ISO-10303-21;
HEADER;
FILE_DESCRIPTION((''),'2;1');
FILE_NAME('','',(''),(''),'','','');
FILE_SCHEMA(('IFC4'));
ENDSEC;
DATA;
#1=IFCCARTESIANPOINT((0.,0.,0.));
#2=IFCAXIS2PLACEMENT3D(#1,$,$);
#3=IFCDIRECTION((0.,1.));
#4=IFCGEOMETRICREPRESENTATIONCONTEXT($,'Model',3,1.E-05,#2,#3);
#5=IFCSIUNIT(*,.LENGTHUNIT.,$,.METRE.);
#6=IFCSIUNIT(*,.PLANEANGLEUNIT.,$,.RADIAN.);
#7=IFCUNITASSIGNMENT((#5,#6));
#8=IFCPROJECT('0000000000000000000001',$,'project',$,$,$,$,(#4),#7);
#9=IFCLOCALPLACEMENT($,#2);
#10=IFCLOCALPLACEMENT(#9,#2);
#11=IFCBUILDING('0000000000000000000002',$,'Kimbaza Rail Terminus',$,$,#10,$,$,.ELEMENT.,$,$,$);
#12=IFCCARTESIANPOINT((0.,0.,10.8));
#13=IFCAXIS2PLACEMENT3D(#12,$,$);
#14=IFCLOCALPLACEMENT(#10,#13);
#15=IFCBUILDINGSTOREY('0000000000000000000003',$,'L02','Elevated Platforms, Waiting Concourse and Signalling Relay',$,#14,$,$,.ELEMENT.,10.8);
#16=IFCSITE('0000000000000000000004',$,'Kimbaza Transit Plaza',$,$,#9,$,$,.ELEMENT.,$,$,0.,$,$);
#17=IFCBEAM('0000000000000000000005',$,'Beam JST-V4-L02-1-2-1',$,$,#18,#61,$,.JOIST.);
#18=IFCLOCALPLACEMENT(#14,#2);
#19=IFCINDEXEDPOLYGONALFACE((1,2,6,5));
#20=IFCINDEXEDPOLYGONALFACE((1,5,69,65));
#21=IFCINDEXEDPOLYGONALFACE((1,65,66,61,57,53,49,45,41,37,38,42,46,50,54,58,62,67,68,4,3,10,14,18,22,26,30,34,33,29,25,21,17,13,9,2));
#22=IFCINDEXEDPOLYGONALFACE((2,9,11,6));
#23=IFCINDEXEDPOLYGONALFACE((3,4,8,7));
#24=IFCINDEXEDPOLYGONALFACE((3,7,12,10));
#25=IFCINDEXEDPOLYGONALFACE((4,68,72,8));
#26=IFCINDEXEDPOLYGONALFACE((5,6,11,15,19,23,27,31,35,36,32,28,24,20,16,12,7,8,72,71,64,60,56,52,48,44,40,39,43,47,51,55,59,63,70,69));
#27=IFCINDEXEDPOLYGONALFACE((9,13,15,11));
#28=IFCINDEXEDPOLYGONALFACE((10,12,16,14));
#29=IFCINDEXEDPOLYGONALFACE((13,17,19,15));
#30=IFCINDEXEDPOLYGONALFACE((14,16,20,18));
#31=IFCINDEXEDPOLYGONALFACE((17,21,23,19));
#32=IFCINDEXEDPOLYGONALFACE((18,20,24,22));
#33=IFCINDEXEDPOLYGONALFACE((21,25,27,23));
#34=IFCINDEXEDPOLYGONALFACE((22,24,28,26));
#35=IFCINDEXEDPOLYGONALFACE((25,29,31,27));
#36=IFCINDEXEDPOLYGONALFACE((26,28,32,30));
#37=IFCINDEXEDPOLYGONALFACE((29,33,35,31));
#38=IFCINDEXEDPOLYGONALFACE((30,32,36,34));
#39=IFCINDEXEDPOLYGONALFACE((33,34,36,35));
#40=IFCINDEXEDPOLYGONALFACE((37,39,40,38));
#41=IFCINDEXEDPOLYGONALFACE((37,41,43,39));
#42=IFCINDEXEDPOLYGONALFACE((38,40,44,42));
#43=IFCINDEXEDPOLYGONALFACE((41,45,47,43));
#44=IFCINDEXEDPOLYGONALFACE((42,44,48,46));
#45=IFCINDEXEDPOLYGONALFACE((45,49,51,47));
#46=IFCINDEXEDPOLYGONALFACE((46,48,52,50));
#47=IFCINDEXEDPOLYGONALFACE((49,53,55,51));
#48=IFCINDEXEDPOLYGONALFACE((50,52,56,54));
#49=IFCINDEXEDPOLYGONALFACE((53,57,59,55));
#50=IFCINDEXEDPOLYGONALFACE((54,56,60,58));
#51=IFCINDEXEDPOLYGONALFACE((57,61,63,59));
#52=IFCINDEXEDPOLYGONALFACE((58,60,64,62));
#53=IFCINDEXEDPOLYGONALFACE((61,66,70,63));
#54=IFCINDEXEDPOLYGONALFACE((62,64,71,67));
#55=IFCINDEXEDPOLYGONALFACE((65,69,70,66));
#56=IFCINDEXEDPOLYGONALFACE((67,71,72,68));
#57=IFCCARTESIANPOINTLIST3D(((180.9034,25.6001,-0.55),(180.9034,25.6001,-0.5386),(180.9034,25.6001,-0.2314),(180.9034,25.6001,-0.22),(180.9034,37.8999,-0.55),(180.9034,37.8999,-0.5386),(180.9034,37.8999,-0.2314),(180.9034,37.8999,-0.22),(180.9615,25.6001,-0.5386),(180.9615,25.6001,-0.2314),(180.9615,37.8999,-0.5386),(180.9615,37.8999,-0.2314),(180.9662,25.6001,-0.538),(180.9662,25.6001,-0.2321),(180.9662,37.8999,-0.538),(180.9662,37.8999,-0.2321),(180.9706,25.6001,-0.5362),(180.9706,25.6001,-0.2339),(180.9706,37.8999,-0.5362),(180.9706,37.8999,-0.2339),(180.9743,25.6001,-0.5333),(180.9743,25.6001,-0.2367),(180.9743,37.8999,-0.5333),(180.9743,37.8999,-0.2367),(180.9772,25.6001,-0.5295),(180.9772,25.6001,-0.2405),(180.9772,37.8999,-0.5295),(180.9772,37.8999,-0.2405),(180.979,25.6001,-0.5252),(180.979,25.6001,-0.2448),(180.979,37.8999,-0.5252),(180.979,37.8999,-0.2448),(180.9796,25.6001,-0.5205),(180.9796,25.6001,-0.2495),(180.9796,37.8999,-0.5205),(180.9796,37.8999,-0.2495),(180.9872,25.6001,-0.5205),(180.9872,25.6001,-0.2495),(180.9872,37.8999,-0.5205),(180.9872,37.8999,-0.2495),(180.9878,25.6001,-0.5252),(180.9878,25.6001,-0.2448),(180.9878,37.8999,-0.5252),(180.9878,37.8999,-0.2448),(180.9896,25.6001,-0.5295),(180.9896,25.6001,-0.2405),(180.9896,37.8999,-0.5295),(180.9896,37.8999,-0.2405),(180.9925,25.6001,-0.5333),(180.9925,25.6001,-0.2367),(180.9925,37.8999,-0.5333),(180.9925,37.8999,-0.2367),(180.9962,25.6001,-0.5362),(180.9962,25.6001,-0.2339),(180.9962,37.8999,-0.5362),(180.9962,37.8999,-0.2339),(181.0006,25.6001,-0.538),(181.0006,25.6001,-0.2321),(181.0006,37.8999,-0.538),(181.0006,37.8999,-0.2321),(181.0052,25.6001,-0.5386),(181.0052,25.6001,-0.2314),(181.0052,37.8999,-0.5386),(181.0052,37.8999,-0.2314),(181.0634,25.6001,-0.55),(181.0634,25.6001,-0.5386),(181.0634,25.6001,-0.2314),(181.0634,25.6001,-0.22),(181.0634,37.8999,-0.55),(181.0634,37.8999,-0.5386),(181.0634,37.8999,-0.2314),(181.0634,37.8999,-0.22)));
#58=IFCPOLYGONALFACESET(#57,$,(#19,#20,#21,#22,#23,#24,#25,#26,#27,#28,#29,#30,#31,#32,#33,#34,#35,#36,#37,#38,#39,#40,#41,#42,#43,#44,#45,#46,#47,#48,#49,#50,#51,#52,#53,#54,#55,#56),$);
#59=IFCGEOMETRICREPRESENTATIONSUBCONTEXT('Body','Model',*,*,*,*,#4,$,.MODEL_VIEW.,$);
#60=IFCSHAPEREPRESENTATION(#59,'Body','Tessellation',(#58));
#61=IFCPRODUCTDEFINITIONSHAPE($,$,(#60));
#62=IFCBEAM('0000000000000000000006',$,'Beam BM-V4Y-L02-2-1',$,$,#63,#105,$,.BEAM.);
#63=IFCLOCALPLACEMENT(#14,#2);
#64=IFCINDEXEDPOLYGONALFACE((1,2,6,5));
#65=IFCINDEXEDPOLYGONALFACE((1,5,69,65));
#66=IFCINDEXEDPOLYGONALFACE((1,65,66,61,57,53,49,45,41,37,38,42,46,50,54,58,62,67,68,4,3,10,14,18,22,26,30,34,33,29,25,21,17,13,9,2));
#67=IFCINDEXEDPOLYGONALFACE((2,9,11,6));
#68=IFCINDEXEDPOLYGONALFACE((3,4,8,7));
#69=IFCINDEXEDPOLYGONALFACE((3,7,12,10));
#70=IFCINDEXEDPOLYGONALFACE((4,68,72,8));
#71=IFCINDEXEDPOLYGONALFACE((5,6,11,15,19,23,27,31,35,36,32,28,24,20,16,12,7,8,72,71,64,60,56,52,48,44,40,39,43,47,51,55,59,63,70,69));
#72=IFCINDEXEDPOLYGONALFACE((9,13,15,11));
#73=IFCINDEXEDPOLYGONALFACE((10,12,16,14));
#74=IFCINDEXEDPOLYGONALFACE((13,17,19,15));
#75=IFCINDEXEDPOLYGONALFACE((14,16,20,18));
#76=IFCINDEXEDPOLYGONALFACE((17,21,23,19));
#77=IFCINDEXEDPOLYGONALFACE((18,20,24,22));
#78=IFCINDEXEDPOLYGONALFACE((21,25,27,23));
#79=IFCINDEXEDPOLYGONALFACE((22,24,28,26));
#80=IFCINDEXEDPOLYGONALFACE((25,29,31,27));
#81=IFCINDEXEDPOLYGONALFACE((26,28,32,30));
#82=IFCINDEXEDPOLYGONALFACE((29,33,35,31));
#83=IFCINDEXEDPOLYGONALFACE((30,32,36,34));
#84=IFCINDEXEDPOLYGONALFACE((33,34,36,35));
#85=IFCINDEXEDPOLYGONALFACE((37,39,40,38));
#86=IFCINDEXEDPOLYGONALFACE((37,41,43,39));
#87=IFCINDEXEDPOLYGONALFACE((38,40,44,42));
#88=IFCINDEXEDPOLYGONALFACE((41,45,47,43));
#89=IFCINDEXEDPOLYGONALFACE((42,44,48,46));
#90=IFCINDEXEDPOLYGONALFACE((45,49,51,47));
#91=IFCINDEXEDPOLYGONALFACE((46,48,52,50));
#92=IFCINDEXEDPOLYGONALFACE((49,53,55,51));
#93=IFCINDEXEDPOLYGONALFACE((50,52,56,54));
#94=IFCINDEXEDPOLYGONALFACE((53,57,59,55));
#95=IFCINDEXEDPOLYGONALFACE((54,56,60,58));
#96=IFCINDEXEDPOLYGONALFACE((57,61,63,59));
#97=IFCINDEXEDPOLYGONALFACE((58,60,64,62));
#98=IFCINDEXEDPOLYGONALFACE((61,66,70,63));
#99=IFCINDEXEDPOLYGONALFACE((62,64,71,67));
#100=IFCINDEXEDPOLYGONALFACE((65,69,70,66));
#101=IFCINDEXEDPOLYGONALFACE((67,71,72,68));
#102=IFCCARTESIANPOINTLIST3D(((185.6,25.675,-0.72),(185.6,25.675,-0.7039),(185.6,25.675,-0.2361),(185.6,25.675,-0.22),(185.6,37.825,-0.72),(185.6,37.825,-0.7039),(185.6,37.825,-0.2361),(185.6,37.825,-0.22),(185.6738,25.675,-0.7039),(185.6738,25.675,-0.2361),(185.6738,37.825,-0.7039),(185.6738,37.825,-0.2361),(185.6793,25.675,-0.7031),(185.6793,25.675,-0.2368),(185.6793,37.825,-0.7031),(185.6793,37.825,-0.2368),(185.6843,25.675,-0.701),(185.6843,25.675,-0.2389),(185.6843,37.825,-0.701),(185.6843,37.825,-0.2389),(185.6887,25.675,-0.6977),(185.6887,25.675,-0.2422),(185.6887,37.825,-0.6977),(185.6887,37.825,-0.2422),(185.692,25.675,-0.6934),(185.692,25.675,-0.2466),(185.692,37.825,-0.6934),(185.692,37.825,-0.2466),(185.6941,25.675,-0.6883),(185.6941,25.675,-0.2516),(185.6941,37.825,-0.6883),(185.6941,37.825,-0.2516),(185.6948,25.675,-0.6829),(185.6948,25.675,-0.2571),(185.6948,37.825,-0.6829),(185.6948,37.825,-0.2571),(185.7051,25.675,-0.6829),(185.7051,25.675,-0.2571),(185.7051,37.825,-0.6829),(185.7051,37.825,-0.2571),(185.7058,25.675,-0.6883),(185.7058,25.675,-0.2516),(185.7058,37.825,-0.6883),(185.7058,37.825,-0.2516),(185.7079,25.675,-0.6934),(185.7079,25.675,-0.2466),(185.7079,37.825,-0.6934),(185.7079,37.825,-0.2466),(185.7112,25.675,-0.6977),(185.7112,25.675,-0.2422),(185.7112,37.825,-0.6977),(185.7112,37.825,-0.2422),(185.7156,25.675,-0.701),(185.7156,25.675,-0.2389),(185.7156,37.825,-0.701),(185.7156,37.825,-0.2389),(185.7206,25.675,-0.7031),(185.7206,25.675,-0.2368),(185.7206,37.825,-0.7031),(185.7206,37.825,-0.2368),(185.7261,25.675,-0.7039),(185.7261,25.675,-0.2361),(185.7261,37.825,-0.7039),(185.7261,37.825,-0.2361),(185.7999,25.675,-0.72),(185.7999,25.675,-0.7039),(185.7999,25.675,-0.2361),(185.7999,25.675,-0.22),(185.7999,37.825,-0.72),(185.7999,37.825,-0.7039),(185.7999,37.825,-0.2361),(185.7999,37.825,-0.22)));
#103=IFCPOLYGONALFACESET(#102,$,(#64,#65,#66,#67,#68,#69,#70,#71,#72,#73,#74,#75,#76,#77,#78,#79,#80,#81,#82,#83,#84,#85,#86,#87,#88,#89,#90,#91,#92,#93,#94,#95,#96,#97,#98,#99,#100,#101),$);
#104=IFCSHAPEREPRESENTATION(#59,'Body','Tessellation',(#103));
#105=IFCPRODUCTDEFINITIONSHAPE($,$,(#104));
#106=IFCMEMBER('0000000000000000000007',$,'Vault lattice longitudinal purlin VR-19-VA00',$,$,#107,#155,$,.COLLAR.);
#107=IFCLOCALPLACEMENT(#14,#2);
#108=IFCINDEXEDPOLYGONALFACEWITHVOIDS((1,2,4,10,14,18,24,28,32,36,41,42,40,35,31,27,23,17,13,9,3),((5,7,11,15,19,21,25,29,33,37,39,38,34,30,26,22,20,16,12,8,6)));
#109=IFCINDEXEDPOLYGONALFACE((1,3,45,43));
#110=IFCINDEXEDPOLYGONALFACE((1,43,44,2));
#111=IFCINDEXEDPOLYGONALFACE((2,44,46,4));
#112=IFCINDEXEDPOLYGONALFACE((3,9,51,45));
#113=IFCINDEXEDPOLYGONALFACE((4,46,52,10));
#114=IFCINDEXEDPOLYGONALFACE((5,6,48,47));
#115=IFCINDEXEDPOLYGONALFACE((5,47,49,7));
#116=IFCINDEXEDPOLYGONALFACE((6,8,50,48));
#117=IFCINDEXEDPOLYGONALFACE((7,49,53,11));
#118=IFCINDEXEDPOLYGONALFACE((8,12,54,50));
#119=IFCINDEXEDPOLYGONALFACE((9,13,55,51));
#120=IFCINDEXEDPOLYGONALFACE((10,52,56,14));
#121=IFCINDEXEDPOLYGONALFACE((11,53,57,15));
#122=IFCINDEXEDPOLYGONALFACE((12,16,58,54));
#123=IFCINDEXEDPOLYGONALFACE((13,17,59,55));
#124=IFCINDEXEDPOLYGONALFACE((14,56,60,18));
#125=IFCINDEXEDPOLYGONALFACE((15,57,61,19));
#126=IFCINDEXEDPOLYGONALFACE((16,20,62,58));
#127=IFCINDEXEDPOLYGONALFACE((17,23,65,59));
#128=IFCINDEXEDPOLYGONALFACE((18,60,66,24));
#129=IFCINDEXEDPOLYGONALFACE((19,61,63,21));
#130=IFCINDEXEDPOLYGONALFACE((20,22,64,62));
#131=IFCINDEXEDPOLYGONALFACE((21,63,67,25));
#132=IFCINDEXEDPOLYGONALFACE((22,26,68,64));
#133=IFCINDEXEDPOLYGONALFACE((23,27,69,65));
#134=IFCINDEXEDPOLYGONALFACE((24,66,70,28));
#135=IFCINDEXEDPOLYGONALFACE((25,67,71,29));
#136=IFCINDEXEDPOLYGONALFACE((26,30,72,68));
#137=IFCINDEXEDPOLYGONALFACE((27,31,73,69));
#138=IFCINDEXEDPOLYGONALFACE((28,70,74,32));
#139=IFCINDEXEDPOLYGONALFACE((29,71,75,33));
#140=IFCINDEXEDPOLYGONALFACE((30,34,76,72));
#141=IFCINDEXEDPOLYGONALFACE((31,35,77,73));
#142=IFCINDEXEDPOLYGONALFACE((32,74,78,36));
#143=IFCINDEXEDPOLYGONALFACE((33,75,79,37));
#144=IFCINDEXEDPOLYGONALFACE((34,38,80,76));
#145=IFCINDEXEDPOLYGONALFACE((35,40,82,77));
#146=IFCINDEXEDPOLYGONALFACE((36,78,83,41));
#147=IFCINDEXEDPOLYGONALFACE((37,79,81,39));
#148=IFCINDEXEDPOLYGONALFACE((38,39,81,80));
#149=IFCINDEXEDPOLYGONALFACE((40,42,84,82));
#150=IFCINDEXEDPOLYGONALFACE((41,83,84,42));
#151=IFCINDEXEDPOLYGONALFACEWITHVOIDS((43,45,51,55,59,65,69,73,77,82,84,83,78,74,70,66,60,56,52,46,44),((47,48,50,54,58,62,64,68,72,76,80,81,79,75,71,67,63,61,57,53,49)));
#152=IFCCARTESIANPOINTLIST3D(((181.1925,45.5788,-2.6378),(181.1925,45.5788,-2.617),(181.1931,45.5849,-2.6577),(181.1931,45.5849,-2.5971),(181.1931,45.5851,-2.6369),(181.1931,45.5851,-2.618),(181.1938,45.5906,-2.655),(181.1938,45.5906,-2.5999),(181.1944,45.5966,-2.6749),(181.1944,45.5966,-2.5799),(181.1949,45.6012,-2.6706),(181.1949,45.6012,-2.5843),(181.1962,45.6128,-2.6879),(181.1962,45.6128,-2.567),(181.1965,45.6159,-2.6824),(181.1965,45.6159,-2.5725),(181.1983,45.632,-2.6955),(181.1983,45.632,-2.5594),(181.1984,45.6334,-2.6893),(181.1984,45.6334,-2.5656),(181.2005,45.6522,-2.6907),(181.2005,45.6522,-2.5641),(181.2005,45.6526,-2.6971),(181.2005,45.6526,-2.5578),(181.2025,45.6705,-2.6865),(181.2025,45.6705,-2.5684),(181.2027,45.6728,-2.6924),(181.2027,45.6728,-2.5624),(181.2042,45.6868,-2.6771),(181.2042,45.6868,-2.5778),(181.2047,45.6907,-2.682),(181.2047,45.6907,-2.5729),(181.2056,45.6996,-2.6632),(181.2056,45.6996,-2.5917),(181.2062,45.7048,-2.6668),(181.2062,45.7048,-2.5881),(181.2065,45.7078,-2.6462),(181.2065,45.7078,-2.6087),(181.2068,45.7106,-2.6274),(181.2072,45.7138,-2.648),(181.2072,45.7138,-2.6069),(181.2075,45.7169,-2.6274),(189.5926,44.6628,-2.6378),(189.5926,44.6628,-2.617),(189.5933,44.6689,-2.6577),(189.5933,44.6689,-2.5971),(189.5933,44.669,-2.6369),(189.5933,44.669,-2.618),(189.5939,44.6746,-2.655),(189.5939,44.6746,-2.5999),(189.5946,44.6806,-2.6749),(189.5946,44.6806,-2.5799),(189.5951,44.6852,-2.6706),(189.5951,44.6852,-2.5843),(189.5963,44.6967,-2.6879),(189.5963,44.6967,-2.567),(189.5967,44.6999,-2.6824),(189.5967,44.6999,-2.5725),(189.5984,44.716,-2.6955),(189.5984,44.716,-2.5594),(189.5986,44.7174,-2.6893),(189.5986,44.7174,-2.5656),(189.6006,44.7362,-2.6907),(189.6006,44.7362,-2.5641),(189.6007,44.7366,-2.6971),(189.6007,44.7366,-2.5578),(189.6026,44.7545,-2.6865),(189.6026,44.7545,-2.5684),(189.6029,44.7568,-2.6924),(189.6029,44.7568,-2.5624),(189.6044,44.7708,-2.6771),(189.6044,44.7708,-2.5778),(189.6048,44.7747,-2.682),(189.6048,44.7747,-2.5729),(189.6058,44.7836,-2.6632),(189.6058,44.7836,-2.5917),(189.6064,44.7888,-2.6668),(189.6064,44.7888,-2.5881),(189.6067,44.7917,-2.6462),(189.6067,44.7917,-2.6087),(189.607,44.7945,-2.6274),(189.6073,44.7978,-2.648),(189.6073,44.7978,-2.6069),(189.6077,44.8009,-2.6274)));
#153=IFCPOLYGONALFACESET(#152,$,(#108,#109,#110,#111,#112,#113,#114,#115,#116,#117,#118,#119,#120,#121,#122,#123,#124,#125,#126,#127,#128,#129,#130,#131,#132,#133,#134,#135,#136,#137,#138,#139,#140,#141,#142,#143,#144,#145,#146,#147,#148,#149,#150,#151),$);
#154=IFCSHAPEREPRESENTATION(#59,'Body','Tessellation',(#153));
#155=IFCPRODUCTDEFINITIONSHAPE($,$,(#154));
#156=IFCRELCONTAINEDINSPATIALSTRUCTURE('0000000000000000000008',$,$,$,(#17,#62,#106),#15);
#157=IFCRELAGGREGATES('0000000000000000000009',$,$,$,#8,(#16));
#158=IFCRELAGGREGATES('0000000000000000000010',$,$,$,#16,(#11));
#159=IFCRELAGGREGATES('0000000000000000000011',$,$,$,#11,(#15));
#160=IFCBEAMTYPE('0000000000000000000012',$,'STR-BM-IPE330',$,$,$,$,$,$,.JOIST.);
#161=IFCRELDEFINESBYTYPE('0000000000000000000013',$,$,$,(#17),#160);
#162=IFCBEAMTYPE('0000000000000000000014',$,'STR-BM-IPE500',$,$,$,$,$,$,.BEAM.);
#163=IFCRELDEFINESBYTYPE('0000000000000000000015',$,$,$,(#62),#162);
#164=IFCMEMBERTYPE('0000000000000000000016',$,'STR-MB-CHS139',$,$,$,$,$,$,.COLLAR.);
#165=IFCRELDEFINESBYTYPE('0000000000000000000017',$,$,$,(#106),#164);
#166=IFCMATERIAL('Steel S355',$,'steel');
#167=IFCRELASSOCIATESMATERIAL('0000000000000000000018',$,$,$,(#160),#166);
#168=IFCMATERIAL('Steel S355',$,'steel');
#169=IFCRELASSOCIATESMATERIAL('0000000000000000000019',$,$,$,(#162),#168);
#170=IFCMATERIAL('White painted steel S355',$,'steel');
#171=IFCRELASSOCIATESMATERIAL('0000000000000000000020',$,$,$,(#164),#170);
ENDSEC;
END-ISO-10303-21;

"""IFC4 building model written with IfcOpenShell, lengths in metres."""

from ifc_helpers import new_model, si_unit, direction, frame, origin, origin_2d, place, context, subcontext, project, spatial, hollow_circle, i_section, extrude, material, material_profile, profile_set, type_object, element, save


model = new_model("IFC4")

# Units and contexts
model_context = context("Model", 3, precision=1e-05, world=origin(), true_north=direction((0.0, 1.0)))
body_context = subcontext(model_context, "Body", "Model", "MODEL_VIEW")
ifc_project = project(units=[si_unit("LENGTHUNIT", "METRE"), si_unit("PLANEANGLEUNIT", "RADIAN")], contexts=[model_context])

# Site, building, storey
site_placement = place(None, origin())
site = spatial("IfcSite", under=ifc_project, at=site_placement, Name="Kimbaza Transit Plaza", CompositionType="ELEMENT", RefElevation=0.0)
building_placement = place(site_placement, origin())
building = spatial("IfcBuilding", under=site, at=building_placement, Name="Kimbaza Rail Terminus", CompositionType="ELEMENT")
storey_placement = place(building_placement, frame((0.0, 0.0, 10.8)))
storey = spatial("IfcBuildingStorey", under=building, at=storey_placement, Name="L02", Description="Elevated Platforms, Waiting Concourse and Signalling Relay", CompositionType="ELEMENT", Elevation=10.8)

# Beams
ifc_material_1 = material(Name="Steel S355", Category="steel")
ifc_material_profile_1 = material_profile(ifc_material_1, i_section(OverallWidth=0.1599, OverallDepth=0.3301, WebThickness=0.0076, FlangeThickness=0.0115, FilletRadius=0.0181, at=origin_2d()), Name="IPE 330")
ifc_profile_set_1 = profile_set([ifc_material_profile_1], Name="Steel S355")
beam_type_1 = type_object("IfcBeamType", Name="STR-BM-IPE330", PredefinedType="JOIST", material=ifc_profile_set_1)
beam_1_placement = place(storey_placement, frame((180.9834, 25.6001, -0.385), z_axis=(0.0, 1.0, 0.0), x_axis=(-1.0, 0.0, 0.0)))
element("IfcBeam", 1, at=beam_1_placement, inside=storey, type_object=beam_type_1, Name="Beam JST-V4-L02-1-2-1", PredefinedType="JOIST", context=body_context, shape_type="SweptSolid", body=[
    extrude(i_section(OverallWidth=0.1599, OverallDepth=0.3301, WebThickness=0.0076, FlangeThickness=0.0115, FilletRadius=0.0181, at=origin_2d()), origin(), (0.0, 0.0, 1.0), 12.2998),
])
ifc_material_2 = material(Name="Steel S355", Category="steel")
ifc_material_profile_2 = material_profile(ifc_material_2, i_section(OverallWidth=0.2, OverallDepth=0.5, WebThickness=0.0103, FlangeThickness=0.0161, FilletRadius=0.021, at=origin_2d()), Name="IPE 500")
ifc_profile_set_2 = profile_set([ifc_material_profile_2], Name="Steel S355")
beam_type_2 = type_object("IfcBeamType", Name="STR-BM-IPE500", PredefinedType="BEAM", material=ifc_profile_set_2)
beam_2_placement = place(storey_placement, frame((185.7, 25.675, -0.47), z_axis=(0.0, 1.0, 0.0), x_axis=(-1.0, 0.0, 0.0)))
element("IfcBeam", 2, at=beam_2_placement, inside=storey, type_object=beam_type_2, Name="Beam BM-V4Y-L02-2-1", PredefinedType="BEAM", context=body_context, shape_type="SweptSolid", body=[
    extrude(i_section(OverallWidth=0.2, OverallDepth=0.5, WebThickness=0.0103, FlangeThickness=0.0161, FilletRadius=0.021, at=origin_2d()), origin(), (0.0, 0.0, 1.0), 12.1499),
])

# Member
ifc_material_3 = material(Name="White painted steel S355", Category="steel")
ifc_material_profile_3 = material_profile(ifc_material_3, hollow_circle(Radius=0.0698, WallThickness=0.0063, at=origin_2d()), Name="CHS 139.7x6.3")
ifc_profile_set_3 = profile_set([ifc_material_profile_3], Name="White painted steel S355")
member_type_1 = type_object("IfcMemberType", Name="STR-MB-CHS139", PredefinedType="COLLAR", material=ifc_profile_set_3)
member_1_placement = place(storey_placement, frame((181.2, 45.6475, -2.6274), z_axis=(0.994107, -0.108405, 0.0), x_axis=(0.108405, 0.994107, 0.0)))
element("IfcMember", 3, at=member_1_placement, inside=storey, type_object=member_type_1, Name="Vault lattice longitudinal purlin VR-19-VA00", PredefinedType="COLLAR", context=body_context, shape_type="SweptSolid", body=[
    extrude(hollow_circle(Radius=0.0698, WallThickness=0.0063, at=origin_2d()), origin(), (0.0, 0.0, 1.0), 8.45),
])

save(model, "model.ifc")
